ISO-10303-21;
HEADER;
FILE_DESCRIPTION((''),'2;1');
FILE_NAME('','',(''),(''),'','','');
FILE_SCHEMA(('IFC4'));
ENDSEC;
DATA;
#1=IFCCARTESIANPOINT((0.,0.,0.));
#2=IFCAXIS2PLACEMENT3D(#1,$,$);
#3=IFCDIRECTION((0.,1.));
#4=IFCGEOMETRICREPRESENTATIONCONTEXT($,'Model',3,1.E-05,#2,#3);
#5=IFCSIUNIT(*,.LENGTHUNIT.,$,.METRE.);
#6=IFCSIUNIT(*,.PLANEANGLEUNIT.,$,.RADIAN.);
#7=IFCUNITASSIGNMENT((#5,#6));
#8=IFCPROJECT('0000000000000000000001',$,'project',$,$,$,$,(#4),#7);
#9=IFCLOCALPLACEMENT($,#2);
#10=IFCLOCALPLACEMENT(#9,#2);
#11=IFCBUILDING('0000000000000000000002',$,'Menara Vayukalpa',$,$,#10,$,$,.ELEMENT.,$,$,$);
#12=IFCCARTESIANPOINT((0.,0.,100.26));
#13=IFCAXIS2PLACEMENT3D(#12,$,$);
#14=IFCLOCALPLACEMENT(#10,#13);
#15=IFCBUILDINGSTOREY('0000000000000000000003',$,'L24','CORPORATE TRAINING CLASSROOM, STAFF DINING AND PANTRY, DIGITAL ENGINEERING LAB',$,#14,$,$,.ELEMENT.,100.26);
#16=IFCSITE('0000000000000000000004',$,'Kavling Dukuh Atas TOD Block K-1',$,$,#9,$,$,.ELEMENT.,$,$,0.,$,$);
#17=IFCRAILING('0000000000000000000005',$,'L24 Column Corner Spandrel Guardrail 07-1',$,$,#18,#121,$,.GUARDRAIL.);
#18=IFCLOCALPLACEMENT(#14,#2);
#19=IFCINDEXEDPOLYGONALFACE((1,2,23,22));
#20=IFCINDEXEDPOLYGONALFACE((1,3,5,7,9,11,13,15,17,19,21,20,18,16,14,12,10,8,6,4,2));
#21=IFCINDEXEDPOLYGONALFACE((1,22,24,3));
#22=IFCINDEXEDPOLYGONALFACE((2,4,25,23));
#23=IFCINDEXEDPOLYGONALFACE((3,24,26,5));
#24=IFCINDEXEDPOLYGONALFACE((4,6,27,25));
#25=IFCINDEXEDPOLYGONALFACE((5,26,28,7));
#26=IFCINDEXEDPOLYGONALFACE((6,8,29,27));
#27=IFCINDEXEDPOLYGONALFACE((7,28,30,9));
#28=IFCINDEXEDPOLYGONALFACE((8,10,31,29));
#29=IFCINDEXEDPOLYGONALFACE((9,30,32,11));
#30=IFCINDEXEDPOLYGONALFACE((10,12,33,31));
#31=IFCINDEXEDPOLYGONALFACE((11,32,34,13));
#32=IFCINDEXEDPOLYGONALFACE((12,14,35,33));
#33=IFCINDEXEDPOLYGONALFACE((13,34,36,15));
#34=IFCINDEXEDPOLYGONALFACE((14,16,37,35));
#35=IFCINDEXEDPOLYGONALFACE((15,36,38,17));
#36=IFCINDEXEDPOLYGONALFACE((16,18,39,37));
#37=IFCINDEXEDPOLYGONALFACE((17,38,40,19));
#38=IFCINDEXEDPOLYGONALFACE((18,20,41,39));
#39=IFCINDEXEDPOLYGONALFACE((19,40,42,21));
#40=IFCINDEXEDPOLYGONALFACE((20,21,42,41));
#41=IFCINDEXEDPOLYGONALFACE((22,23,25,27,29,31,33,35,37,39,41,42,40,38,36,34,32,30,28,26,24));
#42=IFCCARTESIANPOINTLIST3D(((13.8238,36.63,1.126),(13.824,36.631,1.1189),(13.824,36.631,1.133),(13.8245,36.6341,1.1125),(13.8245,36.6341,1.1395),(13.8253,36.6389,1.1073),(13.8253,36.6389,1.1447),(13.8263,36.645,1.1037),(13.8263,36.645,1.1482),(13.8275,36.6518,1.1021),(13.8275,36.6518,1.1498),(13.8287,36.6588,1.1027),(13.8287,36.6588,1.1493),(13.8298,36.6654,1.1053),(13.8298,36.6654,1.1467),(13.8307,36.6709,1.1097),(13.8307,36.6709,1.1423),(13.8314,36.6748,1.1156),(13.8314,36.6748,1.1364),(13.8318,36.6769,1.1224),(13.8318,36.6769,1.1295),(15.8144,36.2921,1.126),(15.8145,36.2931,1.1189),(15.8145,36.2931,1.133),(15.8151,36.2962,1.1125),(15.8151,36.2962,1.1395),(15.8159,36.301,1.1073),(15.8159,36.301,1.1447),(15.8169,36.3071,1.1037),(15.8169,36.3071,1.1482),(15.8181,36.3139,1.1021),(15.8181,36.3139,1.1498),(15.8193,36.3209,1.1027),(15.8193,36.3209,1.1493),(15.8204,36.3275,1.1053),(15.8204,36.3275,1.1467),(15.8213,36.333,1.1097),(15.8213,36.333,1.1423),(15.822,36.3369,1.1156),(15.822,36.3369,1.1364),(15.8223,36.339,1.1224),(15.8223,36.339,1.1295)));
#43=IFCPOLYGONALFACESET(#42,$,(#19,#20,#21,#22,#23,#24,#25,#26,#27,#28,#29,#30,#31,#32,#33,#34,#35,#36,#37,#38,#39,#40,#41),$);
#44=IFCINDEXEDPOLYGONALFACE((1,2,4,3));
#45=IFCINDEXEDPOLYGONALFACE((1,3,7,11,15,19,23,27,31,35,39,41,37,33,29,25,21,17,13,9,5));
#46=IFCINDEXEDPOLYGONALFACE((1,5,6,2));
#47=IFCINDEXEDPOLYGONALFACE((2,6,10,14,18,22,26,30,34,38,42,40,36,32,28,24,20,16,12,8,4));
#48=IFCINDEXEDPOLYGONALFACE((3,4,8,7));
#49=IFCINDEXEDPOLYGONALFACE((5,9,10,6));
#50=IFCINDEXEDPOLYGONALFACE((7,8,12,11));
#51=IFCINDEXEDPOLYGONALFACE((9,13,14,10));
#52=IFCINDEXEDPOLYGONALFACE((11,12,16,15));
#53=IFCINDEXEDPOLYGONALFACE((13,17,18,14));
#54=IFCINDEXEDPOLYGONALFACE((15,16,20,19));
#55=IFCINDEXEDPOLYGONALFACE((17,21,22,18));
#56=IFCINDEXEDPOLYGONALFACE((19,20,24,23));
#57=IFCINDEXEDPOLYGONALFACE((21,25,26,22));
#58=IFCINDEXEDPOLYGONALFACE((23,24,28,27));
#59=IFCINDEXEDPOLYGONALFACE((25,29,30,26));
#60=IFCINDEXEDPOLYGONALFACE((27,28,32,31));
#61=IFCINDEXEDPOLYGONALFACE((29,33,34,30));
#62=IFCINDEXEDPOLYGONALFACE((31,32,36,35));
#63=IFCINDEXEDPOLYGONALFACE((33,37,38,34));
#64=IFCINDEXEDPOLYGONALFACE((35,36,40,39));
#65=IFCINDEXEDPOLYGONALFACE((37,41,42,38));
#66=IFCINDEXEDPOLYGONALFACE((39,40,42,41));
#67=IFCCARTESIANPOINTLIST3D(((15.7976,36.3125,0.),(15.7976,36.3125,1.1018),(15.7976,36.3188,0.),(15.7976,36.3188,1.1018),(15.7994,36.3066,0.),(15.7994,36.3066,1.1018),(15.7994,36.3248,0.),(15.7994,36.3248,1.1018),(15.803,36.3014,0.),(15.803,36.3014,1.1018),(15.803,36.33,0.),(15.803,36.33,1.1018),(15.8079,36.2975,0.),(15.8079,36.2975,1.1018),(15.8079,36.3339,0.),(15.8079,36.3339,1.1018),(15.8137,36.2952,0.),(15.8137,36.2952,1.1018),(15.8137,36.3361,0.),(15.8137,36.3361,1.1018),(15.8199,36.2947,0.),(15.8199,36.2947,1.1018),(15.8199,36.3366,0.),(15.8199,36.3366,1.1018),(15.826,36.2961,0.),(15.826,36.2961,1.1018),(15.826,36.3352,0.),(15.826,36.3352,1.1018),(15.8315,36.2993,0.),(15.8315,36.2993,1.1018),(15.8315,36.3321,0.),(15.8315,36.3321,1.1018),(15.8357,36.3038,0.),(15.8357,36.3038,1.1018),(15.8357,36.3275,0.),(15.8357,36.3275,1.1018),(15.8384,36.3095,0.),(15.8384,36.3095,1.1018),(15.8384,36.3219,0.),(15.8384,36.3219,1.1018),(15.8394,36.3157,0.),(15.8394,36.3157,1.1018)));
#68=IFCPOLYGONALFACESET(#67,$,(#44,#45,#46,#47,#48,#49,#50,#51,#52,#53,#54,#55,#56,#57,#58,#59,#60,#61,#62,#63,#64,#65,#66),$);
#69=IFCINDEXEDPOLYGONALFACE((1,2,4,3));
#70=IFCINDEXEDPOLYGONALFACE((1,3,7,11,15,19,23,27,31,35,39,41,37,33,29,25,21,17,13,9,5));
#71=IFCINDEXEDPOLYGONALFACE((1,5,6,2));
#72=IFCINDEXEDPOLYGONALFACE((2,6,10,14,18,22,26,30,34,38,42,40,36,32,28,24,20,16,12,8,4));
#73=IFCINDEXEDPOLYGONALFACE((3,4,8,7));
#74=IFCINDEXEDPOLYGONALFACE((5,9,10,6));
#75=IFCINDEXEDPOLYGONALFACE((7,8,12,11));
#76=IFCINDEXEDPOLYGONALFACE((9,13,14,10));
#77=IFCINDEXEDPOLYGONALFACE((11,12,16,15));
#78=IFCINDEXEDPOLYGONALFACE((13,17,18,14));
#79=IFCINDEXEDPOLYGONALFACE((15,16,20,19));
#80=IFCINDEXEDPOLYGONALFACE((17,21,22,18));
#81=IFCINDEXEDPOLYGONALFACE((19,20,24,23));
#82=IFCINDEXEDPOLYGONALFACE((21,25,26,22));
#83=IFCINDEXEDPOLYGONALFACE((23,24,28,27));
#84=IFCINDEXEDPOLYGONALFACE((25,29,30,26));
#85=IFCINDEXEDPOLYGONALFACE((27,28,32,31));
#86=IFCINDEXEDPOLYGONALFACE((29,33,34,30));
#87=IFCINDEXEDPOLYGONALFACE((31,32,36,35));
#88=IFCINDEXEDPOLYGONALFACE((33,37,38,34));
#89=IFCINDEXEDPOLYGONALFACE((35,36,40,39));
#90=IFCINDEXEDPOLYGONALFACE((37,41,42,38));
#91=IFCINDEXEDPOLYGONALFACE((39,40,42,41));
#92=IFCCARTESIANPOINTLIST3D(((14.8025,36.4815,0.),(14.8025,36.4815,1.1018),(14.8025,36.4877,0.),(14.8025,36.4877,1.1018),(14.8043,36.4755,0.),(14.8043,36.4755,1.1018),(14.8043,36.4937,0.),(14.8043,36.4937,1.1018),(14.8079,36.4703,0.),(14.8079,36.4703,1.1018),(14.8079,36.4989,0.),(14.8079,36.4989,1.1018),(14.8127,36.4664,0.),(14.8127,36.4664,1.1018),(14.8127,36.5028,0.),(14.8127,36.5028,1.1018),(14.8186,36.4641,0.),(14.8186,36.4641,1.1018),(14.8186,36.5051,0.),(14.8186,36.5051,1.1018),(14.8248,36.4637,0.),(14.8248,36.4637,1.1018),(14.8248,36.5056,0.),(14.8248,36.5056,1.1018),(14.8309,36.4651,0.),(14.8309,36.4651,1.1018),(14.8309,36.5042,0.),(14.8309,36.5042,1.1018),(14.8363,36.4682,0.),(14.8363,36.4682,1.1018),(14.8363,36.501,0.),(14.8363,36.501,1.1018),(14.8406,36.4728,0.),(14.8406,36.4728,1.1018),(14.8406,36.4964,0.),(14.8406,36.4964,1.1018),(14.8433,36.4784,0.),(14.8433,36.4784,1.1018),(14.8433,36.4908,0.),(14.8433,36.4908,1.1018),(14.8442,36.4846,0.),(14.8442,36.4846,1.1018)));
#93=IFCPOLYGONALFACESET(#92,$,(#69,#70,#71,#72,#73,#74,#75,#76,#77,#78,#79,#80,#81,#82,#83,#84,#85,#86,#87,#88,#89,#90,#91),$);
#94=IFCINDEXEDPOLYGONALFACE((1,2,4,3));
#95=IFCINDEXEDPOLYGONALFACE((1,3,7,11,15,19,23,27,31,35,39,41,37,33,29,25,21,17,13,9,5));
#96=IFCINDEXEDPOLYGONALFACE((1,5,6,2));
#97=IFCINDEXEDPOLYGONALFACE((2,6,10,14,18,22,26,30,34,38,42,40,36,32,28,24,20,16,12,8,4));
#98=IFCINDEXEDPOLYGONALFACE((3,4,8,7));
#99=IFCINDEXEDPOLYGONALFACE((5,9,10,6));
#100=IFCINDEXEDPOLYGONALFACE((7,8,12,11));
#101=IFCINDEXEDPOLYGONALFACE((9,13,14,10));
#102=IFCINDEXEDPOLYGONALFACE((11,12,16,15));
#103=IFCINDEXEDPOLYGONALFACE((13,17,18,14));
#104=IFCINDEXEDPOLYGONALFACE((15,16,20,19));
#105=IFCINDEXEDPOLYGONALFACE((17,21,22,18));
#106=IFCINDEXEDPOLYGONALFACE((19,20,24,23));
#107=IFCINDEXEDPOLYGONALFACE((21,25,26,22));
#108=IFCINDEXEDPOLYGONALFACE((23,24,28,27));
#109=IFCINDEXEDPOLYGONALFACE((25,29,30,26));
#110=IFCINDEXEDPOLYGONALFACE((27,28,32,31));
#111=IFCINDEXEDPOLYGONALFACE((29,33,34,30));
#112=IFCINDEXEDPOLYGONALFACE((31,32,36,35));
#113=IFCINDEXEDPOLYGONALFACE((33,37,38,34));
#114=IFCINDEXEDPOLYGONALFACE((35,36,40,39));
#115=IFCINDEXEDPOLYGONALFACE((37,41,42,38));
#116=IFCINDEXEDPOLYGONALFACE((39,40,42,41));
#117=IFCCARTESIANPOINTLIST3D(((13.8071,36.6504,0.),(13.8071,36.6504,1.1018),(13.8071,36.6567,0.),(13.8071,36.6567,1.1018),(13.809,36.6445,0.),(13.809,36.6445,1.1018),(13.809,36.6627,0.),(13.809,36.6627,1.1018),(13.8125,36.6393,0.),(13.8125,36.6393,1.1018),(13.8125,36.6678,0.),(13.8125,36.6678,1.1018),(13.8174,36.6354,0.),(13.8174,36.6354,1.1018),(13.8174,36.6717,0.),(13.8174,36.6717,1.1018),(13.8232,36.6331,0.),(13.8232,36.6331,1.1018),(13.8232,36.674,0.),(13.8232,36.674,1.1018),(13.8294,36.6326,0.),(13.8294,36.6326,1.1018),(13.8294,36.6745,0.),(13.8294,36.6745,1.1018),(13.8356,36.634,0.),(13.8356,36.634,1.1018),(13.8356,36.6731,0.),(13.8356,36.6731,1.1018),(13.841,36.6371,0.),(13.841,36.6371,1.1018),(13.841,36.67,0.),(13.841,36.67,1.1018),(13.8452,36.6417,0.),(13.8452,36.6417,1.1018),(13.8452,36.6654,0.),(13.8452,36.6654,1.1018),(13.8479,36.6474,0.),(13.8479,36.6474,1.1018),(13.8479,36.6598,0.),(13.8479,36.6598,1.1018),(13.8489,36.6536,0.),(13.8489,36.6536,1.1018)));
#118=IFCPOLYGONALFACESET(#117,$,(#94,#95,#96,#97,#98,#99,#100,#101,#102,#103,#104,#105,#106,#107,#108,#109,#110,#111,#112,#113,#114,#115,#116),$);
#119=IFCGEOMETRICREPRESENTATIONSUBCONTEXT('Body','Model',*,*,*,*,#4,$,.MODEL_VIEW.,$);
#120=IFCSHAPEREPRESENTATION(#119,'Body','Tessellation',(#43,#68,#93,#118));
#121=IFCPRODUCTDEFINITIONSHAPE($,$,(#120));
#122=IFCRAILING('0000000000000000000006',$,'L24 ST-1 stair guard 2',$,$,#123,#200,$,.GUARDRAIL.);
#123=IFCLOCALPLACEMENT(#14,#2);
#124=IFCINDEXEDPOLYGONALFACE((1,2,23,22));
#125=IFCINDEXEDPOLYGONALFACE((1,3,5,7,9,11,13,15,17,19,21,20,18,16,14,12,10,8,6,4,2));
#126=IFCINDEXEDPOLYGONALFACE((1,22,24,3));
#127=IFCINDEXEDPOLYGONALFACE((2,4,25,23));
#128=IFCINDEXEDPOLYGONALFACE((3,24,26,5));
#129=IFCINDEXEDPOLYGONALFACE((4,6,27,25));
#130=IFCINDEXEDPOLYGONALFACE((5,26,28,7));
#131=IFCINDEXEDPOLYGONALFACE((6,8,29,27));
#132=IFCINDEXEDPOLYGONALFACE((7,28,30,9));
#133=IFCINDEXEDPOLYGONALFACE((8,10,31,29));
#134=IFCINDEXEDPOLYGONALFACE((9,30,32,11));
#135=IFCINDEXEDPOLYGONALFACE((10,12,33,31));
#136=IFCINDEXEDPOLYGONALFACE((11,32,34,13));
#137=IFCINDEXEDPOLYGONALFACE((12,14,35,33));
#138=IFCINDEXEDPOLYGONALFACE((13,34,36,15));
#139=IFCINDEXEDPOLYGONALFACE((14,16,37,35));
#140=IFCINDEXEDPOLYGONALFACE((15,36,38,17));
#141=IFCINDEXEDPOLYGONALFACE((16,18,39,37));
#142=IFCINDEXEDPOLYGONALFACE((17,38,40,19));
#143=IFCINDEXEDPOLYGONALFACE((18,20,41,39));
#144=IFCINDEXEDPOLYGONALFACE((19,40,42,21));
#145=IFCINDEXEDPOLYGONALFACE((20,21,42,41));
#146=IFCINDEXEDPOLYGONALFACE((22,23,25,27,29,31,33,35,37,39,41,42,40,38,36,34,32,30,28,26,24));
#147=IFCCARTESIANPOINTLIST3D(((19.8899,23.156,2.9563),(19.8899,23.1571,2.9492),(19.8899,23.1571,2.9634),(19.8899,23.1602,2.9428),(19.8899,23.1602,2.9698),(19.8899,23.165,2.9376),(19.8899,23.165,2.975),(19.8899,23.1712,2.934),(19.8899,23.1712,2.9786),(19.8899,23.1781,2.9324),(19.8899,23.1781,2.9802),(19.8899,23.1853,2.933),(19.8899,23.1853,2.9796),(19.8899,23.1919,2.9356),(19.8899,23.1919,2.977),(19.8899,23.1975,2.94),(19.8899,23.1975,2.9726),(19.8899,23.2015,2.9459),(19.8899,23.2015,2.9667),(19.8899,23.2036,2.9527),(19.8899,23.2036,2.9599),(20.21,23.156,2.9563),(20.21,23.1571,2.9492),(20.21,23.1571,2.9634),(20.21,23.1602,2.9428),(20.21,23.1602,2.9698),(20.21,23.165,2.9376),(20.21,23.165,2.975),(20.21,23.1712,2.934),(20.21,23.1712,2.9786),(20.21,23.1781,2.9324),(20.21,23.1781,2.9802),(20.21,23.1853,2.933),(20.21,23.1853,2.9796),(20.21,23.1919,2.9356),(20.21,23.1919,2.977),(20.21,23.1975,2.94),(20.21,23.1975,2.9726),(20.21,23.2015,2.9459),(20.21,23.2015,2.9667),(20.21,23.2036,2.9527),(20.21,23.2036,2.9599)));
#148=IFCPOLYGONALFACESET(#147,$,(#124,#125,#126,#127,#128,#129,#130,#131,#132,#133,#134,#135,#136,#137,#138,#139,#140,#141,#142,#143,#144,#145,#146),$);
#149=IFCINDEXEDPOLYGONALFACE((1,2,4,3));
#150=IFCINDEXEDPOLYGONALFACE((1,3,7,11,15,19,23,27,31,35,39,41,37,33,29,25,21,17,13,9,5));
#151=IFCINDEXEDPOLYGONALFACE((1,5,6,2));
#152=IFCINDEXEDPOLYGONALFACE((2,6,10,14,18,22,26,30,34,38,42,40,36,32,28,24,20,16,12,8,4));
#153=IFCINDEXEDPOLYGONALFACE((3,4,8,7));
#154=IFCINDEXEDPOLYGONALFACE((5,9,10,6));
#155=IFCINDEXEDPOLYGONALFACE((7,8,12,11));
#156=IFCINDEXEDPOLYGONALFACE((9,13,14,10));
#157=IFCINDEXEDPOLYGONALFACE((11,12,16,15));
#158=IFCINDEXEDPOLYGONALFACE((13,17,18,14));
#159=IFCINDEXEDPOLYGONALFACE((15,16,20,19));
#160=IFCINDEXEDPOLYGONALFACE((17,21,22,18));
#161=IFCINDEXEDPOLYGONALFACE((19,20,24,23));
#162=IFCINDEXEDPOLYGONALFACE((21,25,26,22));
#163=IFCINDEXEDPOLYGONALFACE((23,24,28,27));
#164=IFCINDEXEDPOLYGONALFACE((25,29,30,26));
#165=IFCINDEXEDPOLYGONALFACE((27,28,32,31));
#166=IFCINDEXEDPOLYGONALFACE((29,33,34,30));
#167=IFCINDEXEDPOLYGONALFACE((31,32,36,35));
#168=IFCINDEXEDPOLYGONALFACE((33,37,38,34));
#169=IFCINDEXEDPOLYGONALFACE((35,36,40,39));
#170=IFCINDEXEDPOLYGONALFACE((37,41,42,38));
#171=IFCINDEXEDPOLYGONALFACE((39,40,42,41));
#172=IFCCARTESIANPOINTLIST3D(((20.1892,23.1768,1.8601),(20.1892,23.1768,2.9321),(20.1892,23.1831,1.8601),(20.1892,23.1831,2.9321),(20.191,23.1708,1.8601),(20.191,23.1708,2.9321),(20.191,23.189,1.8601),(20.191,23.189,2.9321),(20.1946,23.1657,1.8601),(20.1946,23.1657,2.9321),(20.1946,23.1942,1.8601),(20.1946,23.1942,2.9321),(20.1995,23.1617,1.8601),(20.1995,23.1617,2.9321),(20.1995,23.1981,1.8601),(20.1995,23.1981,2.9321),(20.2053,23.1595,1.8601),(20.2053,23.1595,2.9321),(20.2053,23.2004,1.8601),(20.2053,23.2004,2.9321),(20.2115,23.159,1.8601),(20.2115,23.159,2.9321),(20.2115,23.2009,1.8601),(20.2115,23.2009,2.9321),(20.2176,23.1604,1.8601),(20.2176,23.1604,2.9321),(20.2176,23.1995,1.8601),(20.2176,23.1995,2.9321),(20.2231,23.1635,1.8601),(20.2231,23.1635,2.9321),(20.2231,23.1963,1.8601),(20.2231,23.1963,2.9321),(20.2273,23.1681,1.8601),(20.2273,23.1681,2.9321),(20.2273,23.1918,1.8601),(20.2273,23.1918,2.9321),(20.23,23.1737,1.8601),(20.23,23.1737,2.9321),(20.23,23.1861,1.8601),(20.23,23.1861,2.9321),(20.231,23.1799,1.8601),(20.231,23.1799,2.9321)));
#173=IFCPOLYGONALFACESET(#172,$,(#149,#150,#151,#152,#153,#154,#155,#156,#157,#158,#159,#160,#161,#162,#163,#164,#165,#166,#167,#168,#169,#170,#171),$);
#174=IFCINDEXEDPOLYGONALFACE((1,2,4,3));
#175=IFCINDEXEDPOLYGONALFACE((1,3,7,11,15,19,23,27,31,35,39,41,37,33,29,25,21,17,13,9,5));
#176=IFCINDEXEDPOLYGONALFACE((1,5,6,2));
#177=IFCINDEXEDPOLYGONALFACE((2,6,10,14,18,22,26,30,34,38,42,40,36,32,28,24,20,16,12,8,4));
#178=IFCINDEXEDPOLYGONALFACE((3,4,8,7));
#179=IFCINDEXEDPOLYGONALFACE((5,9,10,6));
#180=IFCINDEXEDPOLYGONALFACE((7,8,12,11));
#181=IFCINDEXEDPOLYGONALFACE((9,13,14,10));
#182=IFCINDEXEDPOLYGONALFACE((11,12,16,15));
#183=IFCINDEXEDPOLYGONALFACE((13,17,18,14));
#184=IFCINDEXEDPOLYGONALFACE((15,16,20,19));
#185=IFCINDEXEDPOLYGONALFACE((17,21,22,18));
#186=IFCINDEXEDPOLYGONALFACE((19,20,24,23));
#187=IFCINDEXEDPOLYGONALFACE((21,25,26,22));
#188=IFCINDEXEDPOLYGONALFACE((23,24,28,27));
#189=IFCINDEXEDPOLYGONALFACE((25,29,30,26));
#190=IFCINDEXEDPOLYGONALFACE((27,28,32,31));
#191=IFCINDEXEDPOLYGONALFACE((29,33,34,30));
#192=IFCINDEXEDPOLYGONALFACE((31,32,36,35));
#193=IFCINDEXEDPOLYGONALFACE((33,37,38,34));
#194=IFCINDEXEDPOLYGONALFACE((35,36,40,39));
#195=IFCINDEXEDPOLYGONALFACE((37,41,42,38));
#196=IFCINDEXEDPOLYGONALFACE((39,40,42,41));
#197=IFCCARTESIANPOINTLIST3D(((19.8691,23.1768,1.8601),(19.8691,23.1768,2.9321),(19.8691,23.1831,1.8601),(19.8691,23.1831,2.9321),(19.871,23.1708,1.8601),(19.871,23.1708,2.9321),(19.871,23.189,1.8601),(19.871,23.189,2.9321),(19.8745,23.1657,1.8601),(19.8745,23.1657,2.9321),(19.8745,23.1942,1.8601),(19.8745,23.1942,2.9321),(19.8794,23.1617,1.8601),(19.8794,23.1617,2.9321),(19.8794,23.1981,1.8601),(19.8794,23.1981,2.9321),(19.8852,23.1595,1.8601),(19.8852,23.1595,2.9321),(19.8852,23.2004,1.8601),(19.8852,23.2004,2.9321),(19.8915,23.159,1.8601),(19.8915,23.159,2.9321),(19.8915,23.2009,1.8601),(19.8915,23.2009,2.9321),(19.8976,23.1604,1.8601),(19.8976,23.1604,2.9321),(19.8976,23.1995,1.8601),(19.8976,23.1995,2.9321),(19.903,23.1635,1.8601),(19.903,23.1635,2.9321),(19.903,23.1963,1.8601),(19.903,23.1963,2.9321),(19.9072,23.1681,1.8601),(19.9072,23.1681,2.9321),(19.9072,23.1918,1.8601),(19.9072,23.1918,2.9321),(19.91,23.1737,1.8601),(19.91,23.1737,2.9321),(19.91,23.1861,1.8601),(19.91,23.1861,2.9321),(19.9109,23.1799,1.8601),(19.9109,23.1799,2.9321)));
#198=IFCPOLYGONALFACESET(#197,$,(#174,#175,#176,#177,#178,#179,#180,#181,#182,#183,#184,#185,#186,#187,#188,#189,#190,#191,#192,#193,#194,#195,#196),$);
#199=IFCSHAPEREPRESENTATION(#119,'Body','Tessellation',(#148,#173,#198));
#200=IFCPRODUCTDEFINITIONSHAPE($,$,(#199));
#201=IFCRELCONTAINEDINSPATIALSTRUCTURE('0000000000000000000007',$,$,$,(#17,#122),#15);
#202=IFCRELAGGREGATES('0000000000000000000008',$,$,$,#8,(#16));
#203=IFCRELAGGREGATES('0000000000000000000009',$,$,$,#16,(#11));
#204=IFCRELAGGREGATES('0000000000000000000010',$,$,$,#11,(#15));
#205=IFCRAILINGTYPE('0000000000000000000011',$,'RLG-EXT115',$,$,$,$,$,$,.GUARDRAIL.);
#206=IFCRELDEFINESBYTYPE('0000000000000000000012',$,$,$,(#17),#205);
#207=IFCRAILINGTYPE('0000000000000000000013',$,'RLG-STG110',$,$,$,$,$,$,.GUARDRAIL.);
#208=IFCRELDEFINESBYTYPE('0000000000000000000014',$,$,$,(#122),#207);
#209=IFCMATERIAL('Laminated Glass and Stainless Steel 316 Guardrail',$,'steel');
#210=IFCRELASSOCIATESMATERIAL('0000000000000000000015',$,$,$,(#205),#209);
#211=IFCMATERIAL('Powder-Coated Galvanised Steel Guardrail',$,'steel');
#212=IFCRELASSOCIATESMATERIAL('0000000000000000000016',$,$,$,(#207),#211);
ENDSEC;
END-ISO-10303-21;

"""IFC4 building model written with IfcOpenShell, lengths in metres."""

from ifc_helpers import new_model, si_unit, direction, frame, origin, origin_2d, place, context, subcontext, project, spatial, circle, extrude, material, type_object, element, save


model = new_model("IFC4")

# Units and contexts
model_context = context("Model", 3, precision=1e-05, world=origin(), true_north=direction((0.0, 1.0)))
body_context = subcontext(model_context, "Body", "Model", "MODEL_VIEW")
ifc_project = project(units=[si_unit("LENGTHUNIT", "METRE"), si_unit("PLANEANGLEUNIT", "RADIAN")], contexts=[model_context])

# Site, building, storey
site_placement = place(None, origin())
site = spatial("IfcSite", under=ifc_project, at=site_placement, Name="Kavling Dukuh Atas TOD Block K-1", CompositionType="ELEMENT", RefElevation=0.0)
building_placement = place(site_placement, origin())
building = spatial("IfcBuilding", under=site, at=building_placement, Name="Menara Vayukalpa", CompositionType="ELEMENT")
storey_placement = place(building_placement, frame((0.0, 0.0, 100.26)))
storey = spatial("IfcBuildingStorey", under=building, at=storey_placement, Name="L24", Description="CORPORATE TRAINING CLASSROOM, STAFF DINING AND PANTRY, DIGITAL ENGINEERING LAB", CompositionType="ELEMENT", Elevation=100.26)

# Railings
ifc_material_1 = material(Name="Laminated Glass and Stainless Steel 316 Guardrail", Category="steel")
railing_type_1 = type_object("IfcRailingType", Name="RLG-EXT115", PredefinedType="GUARDRAIL", material=ifc_material_1)
railing_1_placement = place(storey_placement, frame((15.8184, 36.3157, 0.0)))
element("IfcRailing", 1, at=railing_1_placement, inside=storey, type_object=railing_type_1, Name="L24 Column Corner Spandrel Guardrail 07-1", PredefinedType="GUARDRAIL", context=body_context, shape_type="SweptSolid", body=[
    extrude(circle(Radius=0.0239, at=origin_2d()), frame((0.0, 0.0, 1.126), z_axis=(-0.985896, 0.167359, 0.0), x_axis=(-0.167359, -0.985896, 0.0)), (0.0, 0.0, 1.0), 2.019),
    extrude(circle(Radius=0.021, at=origin_2d()), origin(), (0.0, 0.0, 1.0), 1.1018),
    extrude(circle(Radius=0.021, at=origin_2d()), frame((-0.9951, 0.1689, 0.0)), (0.0, 0.0, 1.0), 1.1018),
    extrude(circle(Radius=0.021, at=origin_2d()), frame((-1.9905, 0.3379, 0.0)), (0.0, 0.0, 1.0), 1.1018),
])
ifc_material_2 = material(Name="Powder-Coated Galvanised Steel Guardrail", Category="steel")
railing_type_2 = type_object("IfcRailingType", Name="RLG-STG110", PredefinedType="GUARDRAIL", material=ifc_material_2)
railing_2_placement = place(storey_placement, frame((20.21, 23.1799, 1.8601)))
element("IfcRailing", 2, at=railing_2_placement, inside=storey, type_object=railing_type_2, Name="L24 ST-1 stair guard 2", PredefinedType="GUARDRAIL", context=body_context, shape_type="SweptSolid", body=[
    extrude(circle(Radius=0.0239, at=origin_2d()), frame((0.0, 0.0, 1.0962), z_axis=(-1.0, 0.0, 0.0), x_axis=(0.0, -1.0, 0.0)), (0.0, 0.0, 1.0), 0.3201),
    extrude(circle(Radius=0.021, at=origin_2d()), origin(), (0.0, 0.0, 1.0), 1.072),
    extrude(circle(Radius=0.021, at=origin_2d()), frame((-0.3201, 0.0, 0.0)), (0.0, 0.0, 1.0), 1.072),
])

save(model, "model.ifc")
